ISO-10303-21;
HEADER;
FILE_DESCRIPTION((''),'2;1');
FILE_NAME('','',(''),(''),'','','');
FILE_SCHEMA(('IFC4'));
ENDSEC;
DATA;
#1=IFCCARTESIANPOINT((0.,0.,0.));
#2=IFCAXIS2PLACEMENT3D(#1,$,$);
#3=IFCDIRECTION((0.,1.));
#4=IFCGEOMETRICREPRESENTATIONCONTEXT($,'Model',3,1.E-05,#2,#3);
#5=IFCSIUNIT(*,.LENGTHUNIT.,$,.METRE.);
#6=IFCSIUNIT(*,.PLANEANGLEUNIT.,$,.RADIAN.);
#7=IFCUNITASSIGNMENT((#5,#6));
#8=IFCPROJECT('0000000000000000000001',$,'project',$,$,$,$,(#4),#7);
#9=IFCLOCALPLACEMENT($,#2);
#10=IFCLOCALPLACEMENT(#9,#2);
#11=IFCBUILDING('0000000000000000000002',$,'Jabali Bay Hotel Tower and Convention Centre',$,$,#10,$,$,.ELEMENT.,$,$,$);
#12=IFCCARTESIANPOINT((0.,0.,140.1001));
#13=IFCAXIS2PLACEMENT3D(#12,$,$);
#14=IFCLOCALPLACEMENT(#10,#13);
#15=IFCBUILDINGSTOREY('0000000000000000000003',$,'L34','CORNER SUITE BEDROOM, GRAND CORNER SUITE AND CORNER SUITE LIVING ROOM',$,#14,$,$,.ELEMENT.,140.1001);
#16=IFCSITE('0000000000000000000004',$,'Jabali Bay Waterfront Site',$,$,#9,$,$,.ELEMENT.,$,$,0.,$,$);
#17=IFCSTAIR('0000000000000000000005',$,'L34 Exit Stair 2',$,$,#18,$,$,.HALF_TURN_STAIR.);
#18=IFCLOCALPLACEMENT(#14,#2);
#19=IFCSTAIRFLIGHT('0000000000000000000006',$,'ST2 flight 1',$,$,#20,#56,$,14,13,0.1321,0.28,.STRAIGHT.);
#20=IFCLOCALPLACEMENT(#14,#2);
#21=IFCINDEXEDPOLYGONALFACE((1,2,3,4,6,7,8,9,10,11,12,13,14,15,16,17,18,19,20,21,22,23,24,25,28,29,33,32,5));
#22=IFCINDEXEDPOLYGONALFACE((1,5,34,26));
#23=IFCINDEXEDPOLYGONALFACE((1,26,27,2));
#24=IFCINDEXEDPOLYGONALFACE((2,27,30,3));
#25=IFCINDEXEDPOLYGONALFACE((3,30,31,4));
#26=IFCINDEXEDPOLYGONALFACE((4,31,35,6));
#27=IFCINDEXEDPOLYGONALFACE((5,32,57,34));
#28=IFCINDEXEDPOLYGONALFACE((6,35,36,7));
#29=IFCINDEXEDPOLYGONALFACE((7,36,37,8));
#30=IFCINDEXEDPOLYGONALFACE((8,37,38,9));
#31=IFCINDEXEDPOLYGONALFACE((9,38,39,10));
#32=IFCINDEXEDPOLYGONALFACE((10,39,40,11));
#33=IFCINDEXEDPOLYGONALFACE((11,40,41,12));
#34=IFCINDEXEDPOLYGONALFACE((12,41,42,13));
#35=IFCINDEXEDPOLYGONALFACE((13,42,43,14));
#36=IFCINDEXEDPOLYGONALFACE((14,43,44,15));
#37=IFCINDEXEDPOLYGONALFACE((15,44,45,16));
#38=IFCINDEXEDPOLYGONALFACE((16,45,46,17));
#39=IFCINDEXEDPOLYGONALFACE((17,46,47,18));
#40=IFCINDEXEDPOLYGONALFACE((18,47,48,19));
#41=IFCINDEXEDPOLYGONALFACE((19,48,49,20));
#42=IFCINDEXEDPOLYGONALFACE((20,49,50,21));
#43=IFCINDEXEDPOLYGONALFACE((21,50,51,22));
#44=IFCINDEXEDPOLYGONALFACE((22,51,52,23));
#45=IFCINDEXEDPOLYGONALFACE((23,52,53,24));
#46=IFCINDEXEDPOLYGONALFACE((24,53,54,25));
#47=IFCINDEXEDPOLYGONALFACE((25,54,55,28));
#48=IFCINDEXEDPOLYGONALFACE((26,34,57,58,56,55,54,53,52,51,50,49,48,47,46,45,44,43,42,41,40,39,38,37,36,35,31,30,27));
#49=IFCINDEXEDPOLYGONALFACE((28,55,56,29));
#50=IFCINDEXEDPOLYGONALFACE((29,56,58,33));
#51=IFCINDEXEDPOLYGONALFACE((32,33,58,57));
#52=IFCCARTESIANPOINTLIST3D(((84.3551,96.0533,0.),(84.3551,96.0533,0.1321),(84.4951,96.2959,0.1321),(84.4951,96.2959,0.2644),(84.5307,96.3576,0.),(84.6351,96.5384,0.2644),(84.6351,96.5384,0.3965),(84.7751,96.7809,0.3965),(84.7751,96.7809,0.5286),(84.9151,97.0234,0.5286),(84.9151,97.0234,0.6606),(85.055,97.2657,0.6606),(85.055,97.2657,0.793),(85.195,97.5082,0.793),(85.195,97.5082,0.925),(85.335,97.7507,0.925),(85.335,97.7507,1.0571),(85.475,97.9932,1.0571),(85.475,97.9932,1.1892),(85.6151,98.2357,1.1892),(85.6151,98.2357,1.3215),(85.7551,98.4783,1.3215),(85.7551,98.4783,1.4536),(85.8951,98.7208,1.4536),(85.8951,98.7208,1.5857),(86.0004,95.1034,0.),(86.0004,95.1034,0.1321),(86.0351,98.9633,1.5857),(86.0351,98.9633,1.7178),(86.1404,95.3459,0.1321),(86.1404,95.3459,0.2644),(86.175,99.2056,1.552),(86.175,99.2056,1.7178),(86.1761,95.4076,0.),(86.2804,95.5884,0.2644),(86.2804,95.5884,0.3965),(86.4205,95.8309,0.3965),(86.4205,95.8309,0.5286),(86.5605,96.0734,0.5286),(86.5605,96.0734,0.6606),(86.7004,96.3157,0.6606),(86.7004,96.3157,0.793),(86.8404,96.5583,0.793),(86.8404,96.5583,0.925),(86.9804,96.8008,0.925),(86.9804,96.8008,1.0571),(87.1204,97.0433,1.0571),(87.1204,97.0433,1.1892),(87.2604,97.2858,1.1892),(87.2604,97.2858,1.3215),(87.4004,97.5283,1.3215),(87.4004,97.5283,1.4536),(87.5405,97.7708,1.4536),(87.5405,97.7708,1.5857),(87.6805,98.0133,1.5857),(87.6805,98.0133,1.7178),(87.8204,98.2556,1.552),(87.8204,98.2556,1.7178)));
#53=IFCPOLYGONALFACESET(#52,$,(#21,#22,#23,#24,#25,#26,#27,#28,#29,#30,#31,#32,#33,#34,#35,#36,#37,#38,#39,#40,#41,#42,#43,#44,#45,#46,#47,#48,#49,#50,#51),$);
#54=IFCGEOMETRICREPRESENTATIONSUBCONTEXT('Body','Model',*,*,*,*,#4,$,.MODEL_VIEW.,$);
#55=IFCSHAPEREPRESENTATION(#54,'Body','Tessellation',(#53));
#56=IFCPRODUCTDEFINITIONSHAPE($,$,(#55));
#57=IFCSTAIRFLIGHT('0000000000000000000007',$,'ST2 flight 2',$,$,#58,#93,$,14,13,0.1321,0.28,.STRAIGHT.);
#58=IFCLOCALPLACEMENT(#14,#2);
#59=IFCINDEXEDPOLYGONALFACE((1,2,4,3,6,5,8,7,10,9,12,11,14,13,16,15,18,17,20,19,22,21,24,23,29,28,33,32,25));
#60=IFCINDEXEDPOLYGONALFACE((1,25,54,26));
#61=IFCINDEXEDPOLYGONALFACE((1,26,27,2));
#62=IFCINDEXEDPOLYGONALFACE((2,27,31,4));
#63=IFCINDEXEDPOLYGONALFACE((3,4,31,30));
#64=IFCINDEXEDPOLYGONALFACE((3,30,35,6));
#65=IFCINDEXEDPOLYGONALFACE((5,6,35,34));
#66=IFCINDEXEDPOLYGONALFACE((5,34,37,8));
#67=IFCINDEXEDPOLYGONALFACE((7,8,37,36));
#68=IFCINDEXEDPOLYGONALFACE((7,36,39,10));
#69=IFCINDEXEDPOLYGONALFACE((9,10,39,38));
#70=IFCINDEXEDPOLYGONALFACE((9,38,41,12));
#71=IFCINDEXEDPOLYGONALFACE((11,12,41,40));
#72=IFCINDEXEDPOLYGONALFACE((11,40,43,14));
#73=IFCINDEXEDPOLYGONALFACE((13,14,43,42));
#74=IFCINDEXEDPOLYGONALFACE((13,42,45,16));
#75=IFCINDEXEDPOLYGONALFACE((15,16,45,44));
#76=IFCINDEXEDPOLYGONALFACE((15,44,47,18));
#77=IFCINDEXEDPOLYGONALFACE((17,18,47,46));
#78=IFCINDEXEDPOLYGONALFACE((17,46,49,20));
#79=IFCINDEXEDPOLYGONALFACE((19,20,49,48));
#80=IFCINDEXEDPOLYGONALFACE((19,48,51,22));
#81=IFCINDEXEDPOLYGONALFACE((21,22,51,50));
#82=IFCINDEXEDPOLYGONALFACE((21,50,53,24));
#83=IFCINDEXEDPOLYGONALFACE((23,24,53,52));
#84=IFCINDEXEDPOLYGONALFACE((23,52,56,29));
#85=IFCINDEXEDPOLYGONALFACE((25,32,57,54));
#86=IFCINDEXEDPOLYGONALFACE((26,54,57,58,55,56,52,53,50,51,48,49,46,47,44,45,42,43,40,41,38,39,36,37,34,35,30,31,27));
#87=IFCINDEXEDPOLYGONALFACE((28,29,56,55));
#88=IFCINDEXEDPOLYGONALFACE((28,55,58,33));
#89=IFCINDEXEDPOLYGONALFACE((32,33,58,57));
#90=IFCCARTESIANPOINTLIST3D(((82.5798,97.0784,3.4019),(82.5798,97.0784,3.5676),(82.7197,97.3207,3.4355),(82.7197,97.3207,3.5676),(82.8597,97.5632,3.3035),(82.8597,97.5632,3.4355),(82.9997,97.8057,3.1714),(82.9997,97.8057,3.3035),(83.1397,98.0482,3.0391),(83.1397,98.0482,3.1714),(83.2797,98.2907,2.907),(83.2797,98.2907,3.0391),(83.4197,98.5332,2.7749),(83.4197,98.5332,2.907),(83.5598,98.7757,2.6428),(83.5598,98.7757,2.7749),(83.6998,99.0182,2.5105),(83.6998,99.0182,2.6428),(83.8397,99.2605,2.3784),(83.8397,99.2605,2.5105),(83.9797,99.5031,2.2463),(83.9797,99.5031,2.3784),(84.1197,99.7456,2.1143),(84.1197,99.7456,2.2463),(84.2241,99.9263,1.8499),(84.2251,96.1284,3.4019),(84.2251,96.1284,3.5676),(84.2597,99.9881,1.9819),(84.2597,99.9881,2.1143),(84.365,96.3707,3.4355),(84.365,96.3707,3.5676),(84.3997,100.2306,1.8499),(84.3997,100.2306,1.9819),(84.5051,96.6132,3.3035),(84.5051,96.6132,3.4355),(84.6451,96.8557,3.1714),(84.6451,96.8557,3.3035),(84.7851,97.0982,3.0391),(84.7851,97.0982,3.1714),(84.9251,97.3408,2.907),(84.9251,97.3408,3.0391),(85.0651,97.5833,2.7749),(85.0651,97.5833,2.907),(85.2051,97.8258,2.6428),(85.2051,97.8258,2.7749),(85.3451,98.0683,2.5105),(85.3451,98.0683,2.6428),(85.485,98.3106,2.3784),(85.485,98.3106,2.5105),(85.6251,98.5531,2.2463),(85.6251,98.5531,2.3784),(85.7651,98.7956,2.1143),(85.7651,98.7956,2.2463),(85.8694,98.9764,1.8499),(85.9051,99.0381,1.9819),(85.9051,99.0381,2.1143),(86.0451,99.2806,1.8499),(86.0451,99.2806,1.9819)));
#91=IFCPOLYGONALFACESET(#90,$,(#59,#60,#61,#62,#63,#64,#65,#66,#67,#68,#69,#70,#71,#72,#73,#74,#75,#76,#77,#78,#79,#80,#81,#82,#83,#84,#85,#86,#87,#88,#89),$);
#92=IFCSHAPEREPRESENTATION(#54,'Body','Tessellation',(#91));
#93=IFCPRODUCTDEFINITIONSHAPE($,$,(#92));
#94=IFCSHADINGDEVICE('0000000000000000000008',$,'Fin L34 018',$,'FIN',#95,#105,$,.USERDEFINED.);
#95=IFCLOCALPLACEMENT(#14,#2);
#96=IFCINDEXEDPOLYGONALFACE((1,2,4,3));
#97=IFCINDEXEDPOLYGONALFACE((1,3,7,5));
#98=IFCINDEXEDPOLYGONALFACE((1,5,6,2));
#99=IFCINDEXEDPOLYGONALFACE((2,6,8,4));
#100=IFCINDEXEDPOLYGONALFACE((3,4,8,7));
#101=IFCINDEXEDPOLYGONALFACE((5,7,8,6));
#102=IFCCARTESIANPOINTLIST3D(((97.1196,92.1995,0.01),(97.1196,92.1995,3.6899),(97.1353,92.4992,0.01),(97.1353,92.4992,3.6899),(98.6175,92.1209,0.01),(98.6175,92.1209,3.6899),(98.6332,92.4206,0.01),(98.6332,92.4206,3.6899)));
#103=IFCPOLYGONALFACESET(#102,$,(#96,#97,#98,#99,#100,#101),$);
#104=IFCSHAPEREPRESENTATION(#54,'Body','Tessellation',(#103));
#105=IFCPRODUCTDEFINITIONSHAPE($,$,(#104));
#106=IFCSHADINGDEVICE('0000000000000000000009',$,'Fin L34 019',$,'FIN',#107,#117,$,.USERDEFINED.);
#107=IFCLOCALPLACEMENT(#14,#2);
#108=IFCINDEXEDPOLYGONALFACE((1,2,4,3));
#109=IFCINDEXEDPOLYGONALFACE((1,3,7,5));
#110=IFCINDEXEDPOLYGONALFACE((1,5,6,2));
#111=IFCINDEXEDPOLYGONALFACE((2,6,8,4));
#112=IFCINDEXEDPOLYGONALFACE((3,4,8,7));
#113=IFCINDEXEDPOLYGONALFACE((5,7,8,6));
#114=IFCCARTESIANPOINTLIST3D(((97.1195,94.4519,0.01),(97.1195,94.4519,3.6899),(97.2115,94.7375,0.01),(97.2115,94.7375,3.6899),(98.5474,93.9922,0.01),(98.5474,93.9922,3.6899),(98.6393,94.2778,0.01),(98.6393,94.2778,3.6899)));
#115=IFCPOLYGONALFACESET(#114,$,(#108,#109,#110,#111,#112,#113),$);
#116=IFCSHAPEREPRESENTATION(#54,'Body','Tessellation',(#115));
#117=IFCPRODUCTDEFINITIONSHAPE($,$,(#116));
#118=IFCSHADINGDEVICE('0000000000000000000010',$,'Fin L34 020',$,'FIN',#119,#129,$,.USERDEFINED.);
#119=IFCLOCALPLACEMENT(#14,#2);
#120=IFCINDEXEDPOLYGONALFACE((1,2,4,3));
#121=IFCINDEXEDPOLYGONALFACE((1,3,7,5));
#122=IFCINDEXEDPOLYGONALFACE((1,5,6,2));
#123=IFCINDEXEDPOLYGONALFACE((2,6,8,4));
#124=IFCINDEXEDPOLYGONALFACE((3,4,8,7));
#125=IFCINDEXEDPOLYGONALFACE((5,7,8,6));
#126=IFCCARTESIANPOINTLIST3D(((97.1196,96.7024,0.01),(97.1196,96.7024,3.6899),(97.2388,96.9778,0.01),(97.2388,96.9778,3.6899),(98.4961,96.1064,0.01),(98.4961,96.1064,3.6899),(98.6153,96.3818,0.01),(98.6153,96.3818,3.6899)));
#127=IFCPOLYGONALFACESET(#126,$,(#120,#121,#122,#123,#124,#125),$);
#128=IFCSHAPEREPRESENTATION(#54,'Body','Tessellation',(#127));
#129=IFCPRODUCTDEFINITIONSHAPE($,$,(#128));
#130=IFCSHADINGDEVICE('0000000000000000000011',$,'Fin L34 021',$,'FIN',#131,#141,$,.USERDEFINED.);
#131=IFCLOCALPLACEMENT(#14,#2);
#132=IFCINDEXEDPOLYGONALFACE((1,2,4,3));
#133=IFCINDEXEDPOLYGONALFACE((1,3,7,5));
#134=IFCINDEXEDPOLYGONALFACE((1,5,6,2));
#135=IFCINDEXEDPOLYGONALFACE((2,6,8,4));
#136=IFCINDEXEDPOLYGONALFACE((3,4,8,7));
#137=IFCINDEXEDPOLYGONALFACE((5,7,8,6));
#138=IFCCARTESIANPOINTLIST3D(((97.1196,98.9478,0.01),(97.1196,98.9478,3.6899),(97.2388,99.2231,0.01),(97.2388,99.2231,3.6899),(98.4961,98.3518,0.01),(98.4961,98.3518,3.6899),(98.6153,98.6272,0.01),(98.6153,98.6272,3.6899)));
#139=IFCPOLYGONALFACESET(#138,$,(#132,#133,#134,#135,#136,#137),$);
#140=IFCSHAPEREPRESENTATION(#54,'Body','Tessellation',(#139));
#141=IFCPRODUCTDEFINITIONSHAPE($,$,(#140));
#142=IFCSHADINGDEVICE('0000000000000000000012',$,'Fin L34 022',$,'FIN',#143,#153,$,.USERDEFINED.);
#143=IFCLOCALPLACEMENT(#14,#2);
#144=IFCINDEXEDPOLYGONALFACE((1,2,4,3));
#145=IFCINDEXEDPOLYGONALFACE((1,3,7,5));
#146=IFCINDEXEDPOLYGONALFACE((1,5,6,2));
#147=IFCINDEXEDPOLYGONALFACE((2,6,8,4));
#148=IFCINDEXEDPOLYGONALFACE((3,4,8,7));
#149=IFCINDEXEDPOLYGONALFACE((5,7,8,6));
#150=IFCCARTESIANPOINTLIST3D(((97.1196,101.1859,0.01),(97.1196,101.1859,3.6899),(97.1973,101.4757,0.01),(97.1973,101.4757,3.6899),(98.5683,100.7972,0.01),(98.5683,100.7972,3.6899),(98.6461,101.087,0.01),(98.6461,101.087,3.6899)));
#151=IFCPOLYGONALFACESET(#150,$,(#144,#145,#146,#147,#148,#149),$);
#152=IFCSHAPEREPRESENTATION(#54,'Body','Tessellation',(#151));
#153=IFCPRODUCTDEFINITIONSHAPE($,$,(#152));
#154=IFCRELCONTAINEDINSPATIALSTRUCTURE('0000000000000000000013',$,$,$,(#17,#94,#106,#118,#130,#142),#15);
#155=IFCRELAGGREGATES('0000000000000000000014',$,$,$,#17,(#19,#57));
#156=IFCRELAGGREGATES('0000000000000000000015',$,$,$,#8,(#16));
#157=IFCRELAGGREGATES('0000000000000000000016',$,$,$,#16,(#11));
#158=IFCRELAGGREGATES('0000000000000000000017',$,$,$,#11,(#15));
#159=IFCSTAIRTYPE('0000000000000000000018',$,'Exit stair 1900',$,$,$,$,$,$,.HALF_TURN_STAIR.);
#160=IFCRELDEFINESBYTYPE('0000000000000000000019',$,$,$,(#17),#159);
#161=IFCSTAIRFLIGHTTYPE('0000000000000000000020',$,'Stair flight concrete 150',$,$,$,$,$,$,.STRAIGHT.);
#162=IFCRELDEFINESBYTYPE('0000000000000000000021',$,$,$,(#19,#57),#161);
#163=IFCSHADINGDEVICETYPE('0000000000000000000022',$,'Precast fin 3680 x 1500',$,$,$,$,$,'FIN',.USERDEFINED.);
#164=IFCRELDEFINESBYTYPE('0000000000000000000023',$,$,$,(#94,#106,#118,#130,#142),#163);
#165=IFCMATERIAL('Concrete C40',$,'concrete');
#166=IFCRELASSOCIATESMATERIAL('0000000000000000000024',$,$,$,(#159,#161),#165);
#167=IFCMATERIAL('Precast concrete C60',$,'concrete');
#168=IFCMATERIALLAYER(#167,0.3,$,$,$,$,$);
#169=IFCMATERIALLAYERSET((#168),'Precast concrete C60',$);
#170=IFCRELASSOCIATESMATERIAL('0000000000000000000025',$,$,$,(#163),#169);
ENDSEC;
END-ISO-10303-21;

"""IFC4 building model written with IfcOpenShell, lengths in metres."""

from ifc_helpers import new_model, si_unit, direction, frame, frame_2d, origin, place, context, subcontext, project, spatial, polyline, rectangle, outline, extrude, material, layer, layer_set, type_object, element, aggregate, save


model = new_model("IFC4")

# Units and contexts
model_context = context("Model", 3, precision=1e-05, world=origin(), true_north=direction((0.0, 1.0)))
body_context = subcontext(model_context, "Body", "Model", "MODEL_VIEW")
ifc_project = project(units=[si_unit("LENGTHUNIT", "METRE"), si_unit("PLANEANGLEUNIT", "RADIAN")], contexts=[model_context])

# Site, building, storey
site_placement = place(None, origin())
site = spatial("IfcSite", under=ifc_project, at=site_placement, Name="Jabali Bay Waterfront Site", CompositionType="ELEMENT", RefElevation=0.0)
building_placement = place(site_placement, origin())
building = spatial("IfcBuilding", under=site, at=building_placement, Name="Jabali Bay Hotel Tower and Convention Centre", CompositionType="ELEMENT")
storey_placement = place(building_placement, frame((0.0, 0.0, 140.1001)))
storey = spatial("IfcBuildingStorey", under=building, at=storey_placement, Name="L34", Description="CORNER SUITE BEDROOM, GRAND CORNER SUITE AND CORNER SUITE LIVING ROOM", CompositionType="ELEMENT", Elevation=140.1001)

# Shared definitions
ifc_material_1 = material(Name="Concrete C40", Category="concrete")

# Stair, stair flights
stair_type = type_object("IfcStairType", Name="Exit stair 1900", PredefinedType="HALF_TURN_STAIR", material=ifc_material_1)
stair_placement = place(storey_placement, origin())
stair = element("IfcStair", 1, at=stair_placement, inside=storey, type_object=stair_type, Name="L34 Exit Stair 2", PredefinedType="HALF_TURN_STAIR")
stair_flight_type = type_object("IfcStairFlightType", Name="Stair flight concrete 150", PredefinedType="STRAIGHT", material=ifc_material_1)
stair_flight_1_placement = place(storey_placement, frame((85.1777, 95.5784, 0.0), z_axis=(0.0, 0.0, 1.0), x_axis=(0.5, 0.866025, 0.0)))
stair_flight_1 = element("IfcStairFlight", 2, at=stair_flight_1_placement, type_object=stair_flight_type, Name="ST2 flight 1", NumberOfRisers=14, NumberOfTreads=13, PredefinedType="STRAIGHT", RiserHeight=0.1321, TreadLength=0.28, context=body_context, shape_type="SweptSolid", body=[
    extrude(outline(polyline([(0.0, 0.0), (0.0, 0.1321), (0.28, 0.1321), (0.28, 0.2644), (0.5601, 0.2644), (0.5601, 0.3965), (0.8401, 0.3965), (0.8401, 0.5286), (1.1201, 0.5286), (1.1201, 0.6606), (1.3999, 0.6606), (1.3999, 0.793), (1.6799, 0.793), (1.6799, 0.925), (1.96, 0.925), (1.96, 1.0571), (2.24, 1.0571), (2.24, 1.1892), (2.52, 1.1892), (2.52, 1.3215), (2.8, 1.3215), (2.8, 1.4536), (3.0801, 1.4536), (3.0801, 1.5857), (3.3601, 1.5857), (3.3601, 1.7178), (3.6399, 1.7178), (3.6399, 1.8501), (3.6399, 1.552), (0.3513, 0.0), (0.0, 0.0)])), frame((0.0, 0.95, 0.0), z_axis=(0.0, -1.0, 0.0), x_axis=(1.0, 0.0, 0.0)), (0.0, 0.0, 1.0), 1.8999),
])
stair_flight_2_placement = place(storey_placement, frame((85.2224, 99.7556, 1.8499), z_axis=(0.0, 0.0, 1.0), x_axis=(-0.5, -0.866025, 0.0)))
stair_flight_2 = element("IfcStairFlight", 3, at=stair_flight_2_placement, type_object=stair_flight_type, Name="ST2 flight 2", NumberOfRisers=14, NumberOfTreads=13, PredefinedType="STRAIGHT", RiserHeight=0.1321, TreadLength=0.28, context=body_context, shape_type="SweptSolid", body=[
    extrude(outline(polyline([(0.0, 0.0), (0.0, 0.1321), (0.28, 0.1321), (0.28, 0.2644), (0.5601, 0.2644), (0.5601, 0.3965), (0.8401, 0.3965), (0.8401, 0.5286), (1.1201, 0.5286), (1.1201, 0.6606), (1.3999, 0.6606), (1.3999, 0.793), (1.6799, 0.793), (1.6799, 0.925), (1.96, 0.925), (1.96, 1.0571), (2.24, 1.0571), (2.24, 1.1892), (2.52, 1.1892), (2.52, 1.3215), (2.8, 1.3215), (2.8, 1.4536), (3.0801, 1.4536), (3.0801, 1.5857), (3.3601, 1.5857), (3.3601, 1.7178), (3.6399, 1.7178), (3.6399, 1.8501), (3.6399, 1.552), (0.3513, 0.0), (0.0, 0.0)])), frame((0.0, 0.95, 0.0), z_axis=(0.0, -1.0, 0.0), x_axis=(1.0, 0.0, 0.0)), (0.0, 0.0, 1.0), 1.8999),
])
aggregate(stair, [stair_flight_1, stair_flight_2])

# Shading devices
ifc_material_2 = material(Name="Precast concrete C60", Category="concrete")
ifc_layer_1 = layer(ifc_material_2, 0.3)
ifc_layer_set_1 = layer_set([ifc_layer_1], Name="Precast concrete C60")
shading_device_type = type_object("IfcShadingDeviceType", Name="Precast fin 3680 x 1500", ElementType="FIN", PredefinedType="USERDEFINED", material=ifc_layer_set_1)
for number, where, z_axis, x_axis, name in (
    (4, (97.1274, 92.3494, 0.01), (0.0, 0.0, 1.0), (0.998626, -0.052405, 0.0), "Fin L34 018"),
    (5, (97.1655, 94.5947, 0.01), (0.0, 0.0, 1.0), (0.951873, -0.306494, 0.0), "Fin L34 019"),
    (6, (97.1792, 96.8401, 0.01), (0.0, 0.0, 1.0), (0.917682, -0.397315, 0.0), "Fin L34 020"),
    (7, (97.1792, 99.0854, 0.01), (0.0, 0.0, 1.0), (0.917682, -0.397315, 0.0), "Fin L34 021"),
    (8, (97.1584, 101.3308, 0.01), (0.0, 0.0, 1.0), (0.965845, -0.259121, 0.0), "Fin L34 022"),
):
    element("IfcShadingDevice", number, at=place(storey_placement, frame(where, z_axis=z_axis, x_axis=x_axis)), inside=storey, type_object=shading_device_type, Name=name, ObjectType="FIN", PredefinedType="USERDEFINED", context=body_context, shape_type="SweptSolid", body=[
        extrude(rectangle(XDim=1.5, YDim=0.3, at=frame_2d((0.75, 0.0))), origin(), (0.0, 0.0, 1.0), 3.6799),
    ])

save(model, "model.ifc")
